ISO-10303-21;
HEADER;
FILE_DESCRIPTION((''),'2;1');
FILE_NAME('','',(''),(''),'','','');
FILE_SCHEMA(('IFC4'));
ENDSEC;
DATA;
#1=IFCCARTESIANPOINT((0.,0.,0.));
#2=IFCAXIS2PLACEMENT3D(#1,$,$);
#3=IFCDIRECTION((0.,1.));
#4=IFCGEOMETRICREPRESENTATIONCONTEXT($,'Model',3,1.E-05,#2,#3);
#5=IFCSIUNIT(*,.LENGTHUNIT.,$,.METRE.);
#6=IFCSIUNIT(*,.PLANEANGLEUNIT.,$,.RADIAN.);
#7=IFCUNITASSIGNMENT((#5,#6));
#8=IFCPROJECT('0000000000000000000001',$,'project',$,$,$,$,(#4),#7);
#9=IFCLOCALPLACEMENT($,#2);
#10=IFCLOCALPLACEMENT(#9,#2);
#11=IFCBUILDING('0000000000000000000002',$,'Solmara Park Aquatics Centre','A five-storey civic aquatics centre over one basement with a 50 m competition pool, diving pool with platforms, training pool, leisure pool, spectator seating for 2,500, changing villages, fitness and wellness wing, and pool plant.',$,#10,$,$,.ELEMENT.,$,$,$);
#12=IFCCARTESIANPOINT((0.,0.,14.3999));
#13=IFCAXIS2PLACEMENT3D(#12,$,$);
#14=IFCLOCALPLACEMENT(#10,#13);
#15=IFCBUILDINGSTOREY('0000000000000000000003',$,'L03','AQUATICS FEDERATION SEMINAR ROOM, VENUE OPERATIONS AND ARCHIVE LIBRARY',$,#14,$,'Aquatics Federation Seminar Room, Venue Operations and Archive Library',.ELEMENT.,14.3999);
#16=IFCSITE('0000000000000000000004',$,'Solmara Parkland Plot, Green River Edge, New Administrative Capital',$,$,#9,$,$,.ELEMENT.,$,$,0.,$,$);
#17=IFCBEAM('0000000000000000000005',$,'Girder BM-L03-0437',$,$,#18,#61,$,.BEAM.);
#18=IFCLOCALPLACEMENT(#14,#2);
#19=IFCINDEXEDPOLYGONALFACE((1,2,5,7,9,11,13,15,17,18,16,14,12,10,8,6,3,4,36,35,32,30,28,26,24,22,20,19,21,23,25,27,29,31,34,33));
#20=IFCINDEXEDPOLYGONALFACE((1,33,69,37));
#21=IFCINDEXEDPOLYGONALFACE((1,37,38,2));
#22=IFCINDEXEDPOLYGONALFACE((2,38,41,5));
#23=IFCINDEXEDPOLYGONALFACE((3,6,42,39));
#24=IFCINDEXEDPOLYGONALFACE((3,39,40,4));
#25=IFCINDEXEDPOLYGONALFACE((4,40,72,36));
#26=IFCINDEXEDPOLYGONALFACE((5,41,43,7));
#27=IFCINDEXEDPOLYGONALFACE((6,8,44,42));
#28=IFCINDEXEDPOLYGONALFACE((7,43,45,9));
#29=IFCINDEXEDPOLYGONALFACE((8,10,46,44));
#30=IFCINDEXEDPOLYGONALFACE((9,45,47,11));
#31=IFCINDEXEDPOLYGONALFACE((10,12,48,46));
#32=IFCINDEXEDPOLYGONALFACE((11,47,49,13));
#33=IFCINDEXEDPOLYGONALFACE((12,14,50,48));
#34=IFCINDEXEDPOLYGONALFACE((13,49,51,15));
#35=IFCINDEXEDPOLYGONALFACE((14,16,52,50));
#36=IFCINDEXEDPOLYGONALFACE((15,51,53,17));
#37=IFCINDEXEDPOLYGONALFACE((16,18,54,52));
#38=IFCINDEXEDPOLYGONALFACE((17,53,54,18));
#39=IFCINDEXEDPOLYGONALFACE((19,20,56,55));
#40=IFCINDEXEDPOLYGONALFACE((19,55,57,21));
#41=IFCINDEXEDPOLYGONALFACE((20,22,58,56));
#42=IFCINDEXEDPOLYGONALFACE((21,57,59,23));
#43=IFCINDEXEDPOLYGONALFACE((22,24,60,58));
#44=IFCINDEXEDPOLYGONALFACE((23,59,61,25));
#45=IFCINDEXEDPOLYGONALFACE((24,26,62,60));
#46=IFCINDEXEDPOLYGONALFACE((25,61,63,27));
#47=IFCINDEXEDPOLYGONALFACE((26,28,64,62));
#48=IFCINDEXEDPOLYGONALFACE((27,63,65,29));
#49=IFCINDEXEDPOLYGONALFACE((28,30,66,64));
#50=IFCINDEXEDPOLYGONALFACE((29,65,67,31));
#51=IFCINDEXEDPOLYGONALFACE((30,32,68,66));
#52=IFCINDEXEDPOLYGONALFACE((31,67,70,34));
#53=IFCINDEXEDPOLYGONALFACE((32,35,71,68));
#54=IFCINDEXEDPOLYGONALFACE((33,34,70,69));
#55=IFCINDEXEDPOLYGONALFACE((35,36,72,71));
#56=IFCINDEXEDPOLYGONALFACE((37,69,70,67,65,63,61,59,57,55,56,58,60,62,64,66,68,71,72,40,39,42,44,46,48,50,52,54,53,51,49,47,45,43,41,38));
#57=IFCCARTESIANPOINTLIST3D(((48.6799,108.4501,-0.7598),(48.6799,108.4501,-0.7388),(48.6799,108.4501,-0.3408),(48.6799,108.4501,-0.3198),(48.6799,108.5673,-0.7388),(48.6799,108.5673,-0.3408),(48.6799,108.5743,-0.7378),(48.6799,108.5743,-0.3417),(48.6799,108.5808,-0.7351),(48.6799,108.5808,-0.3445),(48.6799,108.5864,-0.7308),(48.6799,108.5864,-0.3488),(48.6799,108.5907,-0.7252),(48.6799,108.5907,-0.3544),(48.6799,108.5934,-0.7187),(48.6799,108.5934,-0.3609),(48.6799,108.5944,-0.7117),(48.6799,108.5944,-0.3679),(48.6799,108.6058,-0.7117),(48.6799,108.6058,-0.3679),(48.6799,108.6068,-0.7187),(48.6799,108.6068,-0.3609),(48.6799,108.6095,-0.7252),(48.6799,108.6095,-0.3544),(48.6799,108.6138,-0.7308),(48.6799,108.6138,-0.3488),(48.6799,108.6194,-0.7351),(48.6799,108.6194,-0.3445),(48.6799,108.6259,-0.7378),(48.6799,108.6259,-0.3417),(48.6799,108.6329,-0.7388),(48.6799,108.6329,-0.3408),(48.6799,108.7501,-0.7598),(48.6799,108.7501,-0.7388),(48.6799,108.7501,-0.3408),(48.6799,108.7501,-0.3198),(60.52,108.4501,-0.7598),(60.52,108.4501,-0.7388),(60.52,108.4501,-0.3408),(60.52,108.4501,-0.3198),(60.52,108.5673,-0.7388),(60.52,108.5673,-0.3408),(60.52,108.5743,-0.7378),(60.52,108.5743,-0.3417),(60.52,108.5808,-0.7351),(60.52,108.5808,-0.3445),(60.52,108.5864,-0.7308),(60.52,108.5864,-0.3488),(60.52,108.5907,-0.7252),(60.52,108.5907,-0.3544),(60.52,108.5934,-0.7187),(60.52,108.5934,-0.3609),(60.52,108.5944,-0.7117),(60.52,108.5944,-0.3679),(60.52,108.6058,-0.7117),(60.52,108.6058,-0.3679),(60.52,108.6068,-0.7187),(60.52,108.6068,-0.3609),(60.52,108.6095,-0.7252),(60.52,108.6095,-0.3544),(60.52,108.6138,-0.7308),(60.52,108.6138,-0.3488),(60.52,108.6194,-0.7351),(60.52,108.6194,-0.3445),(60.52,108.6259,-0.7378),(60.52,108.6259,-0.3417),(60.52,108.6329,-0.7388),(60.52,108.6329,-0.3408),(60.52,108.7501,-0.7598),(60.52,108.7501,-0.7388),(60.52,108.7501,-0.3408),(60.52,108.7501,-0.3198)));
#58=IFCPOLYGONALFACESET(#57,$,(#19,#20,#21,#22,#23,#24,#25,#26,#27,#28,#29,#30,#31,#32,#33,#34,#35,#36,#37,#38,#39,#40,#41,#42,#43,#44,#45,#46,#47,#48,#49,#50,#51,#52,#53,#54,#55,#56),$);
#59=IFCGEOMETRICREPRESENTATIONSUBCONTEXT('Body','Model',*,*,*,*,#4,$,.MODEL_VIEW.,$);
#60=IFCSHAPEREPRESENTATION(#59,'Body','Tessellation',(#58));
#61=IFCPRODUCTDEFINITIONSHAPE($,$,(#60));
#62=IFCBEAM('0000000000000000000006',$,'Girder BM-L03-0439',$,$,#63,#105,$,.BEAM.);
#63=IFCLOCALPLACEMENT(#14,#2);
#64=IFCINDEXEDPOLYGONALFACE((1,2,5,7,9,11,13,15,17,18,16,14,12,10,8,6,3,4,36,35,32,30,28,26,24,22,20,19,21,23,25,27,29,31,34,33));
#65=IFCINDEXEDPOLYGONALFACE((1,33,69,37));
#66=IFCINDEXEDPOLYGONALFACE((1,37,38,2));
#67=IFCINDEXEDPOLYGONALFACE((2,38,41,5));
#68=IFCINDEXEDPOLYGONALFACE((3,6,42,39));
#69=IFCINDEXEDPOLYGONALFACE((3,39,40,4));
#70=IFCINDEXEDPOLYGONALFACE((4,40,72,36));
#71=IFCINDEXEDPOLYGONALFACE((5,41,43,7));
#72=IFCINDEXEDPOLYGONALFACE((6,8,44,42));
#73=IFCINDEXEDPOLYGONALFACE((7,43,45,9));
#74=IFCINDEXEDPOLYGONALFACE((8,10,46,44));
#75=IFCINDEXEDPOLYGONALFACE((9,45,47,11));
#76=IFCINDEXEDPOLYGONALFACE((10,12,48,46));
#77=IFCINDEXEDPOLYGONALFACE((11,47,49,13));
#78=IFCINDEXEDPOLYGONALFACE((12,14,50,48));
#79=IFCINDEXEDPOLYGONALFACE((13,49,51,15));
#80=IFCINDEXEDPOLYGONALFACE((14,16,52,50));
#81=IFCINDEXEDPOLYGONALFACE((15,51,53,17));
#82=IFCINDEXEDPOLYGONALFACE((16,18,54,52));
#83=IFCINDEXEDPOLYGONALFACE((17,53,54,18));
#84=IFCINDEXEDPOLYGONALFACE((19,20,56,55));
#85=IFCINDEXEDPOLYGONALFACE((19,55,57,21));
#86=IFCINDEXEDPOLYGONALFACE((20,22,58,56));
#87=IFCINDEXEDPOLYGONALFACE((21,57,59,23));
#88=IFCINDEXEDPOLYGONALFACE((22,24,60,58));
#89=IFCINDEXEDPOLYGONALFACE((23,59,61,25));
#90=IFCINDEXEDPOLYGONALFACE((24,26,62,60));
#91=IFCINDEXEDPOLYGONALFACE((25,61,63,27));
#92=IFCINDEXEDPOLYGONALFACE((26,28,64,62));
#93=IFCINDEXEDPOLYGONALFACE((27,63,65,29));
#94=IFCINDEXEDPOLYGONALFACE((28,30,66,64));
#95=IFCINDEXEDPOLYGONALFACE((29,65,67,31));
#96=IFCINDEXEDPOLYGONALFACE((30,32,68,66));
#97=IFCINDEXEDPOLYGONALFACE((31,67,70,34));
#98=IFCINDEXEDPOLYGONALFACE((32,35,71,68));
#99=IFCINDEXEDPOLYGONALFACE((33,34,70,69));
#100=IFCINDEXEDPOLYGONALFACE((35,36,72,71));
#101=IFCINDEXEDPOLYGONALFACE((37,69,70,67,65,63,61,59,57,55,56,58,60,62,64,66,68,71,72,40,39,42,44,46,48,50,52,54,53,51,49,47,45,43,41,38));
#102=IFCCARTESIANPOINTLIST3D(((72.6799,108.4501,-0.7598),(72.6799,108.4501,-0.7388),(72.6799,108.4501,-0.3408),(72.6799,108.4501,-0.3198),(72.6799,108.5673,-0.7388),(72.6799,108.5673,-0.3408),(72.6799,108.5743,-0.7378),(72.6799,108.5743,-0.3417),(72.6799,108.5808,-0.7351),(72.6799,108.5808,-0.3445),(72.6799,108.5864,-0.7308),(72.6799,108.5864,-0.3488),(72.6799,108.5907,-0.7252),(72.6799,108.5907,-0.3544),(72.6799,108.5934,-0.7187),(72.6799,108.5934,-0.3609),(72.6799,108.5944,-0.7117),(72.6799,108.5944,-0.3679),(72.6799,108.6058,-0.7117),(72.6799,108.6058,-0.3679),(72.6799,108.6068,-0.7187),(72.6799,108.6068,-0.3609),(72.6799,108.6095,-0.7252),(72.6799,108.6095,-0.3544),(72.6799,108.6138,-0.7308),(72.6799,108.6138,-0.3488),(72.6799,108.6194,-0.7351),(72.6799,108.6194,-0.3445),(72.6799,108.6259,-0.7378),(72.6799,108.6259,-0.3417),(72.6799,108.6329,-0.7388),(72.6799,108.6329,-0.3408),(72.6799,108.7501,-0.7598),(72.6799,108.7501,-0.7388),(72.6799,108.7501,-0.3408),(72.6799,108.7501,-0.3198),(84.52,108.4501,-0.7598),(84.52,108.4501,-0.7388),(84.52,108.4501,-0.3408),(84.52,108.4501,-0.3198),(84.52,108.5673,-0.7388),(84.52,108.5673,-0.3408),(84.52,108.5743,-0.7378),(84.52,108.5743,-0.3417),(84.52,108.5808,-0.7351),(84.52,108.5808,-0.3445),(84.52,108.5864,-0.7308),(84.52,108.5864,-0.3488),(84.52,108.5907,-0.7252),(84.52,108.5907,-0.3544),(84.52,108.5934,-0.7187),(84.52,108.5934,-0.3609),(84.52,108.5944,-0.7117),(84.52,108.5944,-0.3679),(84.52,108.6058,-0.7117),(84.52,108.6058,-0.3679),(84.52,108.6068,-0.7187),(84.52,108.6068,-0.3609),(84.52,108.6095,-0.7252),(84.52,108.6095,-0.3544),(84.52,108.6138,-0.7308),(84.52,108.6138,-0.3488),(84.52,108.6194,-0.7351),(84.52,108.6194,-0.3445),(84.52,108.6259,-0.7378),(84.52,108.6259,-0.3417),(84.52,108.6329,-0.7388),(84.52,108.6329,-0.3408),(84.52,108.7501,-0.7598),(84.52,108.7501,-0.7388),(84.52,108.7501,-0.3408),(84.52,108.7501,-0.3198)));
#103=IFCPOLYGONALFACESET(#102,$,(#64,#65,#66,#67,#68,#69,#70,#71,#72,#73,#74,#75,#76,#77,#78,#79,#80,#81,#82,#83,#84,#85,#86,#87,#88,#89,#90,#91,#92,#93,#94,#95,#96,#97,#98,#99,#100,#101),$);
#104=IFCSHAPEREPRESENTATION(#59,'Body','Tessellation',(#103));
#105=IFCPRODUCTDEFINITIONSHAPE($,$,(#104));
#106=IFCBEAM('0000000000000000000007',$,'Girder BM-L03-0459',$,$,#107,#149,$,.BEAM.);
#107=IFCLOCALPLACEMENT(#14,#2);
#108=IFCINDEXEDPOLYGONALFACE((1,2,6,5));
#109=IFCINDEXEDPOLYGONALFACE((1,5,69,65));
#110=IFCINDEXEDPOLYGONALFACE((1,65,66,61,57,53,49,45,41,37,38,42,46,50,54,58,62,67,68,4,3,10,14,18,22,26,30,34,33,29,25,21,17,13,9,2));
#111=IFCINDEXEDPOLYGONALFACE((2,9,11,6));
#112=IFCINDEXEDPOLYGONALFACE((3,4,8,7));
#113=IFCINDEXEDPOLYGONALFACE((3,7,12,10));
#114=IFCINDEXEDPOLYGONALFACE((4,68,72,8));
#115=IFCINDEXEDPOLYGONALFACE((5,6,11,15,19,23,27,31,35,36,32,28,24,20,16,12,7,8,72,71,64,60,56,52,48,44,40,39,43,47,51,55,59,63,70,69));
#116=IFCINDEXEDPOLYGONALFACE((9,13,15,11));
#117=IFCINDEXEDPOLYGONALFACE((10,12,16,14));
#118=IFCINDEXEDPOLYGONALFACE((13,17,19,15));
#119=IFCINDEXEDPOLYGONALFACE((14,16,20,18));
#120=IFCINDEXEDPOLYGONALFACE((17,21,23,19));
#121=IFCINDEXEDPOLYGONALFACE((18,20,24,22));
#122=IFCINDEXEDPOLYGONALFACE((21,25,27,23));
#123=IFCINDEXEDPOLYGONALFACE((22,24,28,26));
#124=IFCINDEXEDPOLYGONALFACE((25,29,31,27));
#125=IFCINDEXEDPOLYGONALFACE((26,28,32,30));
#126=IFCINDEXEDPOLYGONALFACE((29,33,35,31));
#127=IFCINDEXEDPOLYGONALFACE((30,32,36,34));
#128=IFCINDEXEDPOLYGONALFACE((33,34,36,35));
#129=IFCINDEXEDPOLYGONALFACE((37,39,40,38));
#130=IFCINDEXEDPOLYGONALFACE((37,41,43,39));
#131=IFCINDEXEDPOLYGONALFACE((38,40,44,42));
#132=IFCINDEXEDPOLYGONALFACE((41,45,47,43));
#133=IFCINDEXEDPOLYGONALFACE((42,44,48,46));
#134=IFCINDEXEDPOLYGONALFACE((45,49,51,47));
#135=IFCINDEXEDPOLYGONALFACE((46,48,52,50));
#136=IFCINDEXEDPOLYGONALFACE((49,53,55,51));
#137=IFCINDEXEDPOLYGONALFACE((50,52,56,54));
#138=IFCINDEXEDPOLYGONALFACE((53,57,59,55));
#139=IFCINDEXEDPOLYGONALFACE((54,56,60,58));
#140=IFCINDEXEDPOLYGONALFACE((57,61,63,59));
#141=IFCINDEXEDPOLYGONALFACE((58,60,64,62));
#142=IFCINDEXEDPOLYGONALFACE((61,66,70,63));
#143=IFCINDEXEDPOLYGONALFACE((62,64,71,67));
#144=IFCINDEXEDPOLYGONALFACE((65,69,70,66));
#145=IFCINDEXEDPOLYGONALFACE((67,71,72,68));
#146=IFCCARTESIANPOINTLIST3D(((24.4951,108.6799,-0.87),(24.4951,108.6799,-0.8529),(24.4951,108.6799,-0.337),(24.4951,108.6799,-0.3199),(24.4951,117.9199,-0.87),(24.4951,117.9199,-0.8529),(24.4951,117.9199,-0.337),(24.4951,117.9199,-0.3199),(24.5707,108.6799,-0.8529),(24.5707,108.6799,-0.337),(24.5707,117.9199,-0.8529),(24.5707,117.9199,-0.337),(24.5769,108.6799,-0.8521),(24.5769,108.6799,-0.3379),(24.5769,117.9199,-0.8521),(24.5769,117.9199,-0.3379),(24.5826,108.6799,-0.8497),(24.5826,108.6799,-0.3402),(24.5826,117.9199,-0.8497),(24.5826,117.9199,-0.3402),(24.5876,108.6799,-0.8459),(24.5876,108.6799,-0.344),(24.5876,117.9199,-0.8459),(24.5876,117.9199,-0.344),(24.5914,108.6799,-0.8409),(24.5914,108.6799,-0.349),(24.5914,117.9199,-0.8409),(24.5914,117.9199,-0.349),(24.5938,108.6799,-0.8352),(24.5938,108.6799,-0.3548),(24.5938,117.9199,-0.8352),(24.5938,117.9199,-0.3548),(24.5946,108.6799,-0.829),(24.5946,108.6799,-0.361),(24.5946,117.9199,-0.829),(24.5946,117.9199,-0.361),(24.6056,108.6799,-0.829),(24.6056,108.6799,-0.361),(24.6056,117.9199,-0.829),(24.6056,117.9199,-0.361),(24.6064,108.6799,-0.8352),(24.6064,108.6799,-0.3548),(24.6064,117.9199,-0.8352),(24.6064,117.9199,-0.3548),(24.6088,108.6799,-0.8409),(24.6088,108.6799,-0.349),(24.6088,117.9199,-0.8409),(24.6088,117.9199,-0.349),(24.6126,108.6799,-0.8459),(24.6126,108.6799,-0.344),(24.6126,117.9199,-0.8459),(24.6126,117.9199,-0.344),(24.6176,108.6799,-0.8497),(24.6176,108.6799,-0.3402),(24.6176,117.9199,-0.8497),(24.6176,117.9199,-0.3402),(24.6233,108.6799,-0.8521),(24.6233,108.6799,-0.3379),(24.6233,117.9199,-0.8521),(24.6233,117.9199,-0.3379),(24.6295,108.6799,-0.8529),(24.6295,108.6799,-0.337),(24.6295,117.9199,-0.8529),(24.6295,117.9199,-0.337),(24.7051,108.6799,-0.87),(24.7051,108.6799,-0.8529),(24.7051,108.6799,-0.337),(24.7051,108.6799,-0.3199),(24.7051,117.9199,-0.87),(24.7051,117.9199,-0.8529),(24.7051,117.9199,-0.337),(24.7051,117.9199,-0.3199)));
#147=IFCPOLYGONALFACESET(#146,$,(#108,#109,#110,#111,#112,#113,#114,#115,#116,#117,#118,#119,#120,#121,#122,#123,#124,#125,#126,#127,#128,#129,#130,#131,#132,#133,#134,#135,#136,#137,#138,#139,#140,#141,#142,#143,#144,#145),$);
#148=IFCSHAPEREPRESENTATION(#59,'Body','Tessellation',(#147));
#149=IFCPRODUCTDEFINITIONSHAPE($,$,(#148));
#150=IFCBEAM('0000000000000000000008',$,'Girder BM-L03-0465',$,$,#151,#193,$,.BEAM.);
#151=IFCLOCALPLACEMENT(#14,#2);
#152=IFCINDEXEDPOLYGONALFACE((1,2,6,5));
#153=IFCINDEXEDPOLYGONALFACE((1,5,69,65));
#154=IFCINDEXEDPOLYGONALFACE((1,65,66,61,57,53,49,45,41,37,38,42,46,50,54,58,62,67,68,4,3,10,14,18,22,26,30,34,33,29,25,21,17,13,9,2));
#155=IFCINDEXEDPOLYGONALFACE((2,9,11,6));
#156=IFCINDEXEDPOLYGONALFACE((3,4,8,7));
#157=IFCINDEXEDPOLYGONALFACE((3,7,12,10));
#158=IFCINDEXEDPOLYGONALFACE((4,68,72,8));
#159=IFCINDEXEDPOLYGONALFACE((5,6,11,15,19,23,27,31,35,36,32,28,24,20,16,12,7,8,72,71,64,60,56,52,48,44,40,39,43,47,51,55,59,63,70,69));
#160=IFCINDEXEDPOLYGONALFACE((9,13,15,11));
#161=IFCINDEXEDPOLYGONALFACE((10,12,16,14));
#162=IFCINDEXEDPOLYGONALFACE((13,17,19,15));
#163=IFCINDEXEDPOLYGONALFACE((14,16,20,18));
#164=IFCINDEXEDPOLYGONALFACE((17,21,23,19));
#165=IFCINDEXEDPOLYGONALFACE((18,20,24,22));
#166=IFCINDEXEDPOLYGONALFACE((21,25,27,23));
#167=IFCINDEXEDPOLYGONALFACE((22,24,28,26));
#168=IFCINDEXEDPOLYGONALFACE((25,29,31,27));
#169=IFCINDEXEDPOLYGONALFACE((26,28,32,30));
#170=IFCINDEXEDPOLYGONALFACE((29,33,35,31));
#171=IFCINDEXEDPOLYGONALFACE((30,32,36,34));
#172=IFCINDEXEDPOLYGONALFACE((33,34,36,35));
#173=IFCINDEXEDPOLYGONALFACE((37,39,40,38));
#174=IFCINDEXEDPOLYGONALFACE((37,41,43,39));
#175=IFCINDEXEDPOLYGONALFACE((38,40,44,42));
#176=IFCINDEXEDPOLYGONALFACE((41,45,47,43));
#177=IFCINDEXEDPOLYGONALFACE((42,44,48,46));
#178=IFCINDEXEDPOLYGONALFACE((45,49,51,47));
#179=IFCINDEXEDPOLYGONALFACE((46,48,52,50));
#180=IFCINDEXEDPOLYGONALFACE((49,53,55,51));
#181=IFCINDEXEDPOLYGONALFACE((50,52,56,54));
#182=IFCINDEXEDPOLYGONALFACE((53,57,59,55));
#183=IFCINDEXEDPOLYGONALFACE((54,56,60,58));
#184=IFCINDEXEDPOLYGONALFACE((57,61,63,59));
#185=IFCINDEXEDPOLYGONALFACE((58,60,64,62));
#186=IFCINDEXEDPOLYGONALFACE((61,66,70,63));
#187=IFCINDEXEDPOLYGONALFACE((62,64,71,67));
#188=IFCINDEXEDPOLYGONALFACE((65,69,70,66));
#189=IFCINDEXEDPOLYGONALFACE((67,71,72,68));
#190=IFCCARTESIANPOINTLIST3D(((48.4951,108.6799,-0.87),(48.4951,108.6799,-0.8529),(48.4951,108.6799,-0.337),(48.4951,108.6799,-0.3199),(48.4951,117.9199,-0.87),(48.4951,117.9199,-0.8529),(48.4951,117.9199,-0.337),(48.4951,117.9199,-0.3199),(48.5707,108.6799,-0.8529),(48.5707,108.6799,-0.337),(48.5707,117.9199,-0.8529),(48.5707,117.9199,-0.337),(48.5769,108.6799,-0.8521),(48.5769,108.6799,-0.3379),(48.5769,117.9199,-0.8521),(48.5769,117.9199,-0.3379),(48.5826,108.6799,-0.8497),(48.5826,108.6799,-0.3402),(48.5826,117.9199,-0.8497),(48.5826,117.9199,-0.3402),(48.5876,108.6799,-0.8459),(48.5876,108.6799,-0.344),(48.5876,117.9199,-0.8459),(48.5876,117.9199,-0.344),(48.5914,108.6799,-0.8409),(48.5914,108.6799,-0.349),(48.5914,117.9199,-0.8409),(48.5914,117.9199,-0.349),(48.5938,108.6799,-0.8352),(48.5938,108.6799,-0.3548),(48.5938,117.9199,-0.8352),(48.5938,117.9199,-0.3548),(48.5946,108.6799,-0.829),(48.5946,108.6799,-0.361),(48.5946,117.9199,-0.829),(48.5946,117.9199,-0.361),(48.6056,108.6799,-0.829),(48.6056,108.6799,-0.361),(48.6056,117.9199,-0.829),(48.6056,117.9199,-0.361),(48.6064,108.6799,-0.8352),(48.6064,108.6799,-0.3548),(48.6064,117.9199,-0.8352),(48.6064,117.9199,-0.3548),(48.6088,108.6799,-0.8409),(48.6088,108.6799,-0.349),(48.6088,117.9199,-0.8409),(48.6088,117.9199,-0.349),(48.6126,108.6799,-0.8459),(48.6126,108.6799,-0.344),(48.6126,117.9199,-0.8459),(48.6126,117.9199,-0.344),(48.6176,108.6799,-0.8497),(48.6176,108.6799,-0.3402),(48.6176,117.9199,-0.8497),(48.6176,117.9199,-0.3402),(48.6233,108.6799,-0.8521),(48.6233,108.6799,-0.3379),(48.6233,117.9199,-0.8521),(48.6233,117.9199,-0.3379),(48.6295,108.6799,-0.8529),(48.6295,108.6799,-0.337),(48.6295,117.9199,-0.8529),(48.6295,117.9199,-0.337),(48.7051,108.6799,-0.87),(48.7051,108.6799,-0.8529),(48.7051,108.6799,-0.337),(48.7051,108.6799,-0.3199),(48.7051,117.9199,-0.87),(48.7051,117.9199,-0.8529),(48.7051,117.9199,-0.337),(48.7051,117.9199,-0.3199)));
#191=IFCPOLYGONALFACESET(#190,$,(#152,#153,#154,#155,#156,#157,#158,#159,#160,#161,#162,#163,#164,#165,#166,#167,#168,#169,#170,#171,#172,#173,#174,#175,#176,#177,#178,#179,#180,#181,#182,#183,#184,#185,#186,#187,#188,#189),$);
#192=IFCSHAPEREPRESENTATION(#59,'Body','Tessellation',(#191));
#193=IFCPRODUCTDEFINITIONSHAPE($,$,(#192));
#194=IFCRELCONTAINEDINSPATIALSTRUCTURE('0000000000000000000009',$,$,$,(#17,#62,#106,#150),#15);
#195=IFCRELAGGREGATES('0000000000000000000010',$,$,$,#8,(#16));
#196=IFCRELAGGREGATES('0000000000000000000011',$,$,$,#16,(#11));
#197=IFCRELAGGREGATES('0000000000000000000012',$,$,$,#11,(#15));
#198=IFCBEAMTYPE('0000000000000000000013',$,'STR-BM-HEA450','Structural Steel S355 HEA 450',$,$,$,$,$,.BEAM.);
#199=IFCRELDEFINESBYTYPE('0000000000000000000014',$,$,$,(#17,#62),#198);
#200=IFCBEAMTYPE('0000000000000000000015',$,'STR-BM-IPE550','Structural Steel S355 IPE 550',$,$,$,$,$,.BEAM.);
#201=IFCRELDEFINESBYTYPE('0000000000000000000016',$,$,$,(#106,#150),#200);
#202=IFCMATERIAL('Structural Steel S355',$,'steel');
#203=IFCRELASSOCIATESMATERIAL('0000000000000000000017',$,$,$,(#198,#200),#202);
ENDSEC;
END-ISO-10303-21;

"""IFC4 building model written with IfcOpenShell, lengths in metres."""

from ifc_helpers import new_model, si_unit, direction, frame, origin, origin_2d, place, context, subcontext, project, spatial, i_section, extrude, material, material_profile, profile_set, type_object, element, save


model = new_model("IFC4")

# Units and contexts
model_context = context("Model", 3, precision=1e-05, world=origin(), true_north=direction((0.0, 1.0)))
body_context = subcontext(model_context, "Body", "Model", "MODEL_VIEW")
ifc_project = project(units=[si_unit("LENGTHUNIT", "METRE"), si_unit("PLANEANGLEUNIT", "RADIAN")], contexts=[model_context])

# Site, building, storey
site_placement = place(None, origin())
site = spatial("IfcSite", under=ifc_project, at=site_placement, Name="Solmara Parkland Plot, Green River Edge, New Administrative Capital", CompositionType="ELEMENT", RefElevation=0.0)
building_placement = place(site_placement, origin())
building = spatial("IfcBuilding", under=site, at=building_placement, Name="Solmara Park Aquatics Centre", Description="A five-storey civic aquatics centre over one basement with a 50 m competition pool, diving pool with platforms, training pool, leisure pool, spectator seating for 2,500, changing villages, fitness and wellness wing, and pool plant.", CompositionType="ELEMENT")
storey_placement = place(building_placement, frame((0.0, 0.0, 14.3999)))
storey = spatial("IfcBuildingStorey", under=building, at=storey_placement, Name="L03", Description="AQUATICS FEDERATION SEMINAR ROOM, VENUE OPERATIONS AND ARCHIVE LIBRARY", LongName="Aquatics Federation Seminar Room, Venue Operations and Archive Library", CompositionType="ELEMENT", Elevation=14.3999)

# Beams
ifc_material_1 = material(Name="Structural Steel S355", Category="steel")
ifc_material_profile_1 = material_profile(ifc_material_1, i_section(OverallWidth=0.3, OverallDepth=0.4399, WebThickness=0.0115, FlangeThickness=0.021, FilletRadius=0.0271, at=origin_2d()), Name="HEA 450")
ifc_profile_set_1 = profile_set([ifc_material_profile_1], Name="Structural Steel S355")
beam_type_1 = type_object("IfcBeamType", Name="STR-BM-HEA450", Description="Structural Steel S355 HEA 450", PredefinedType="BEAM", material=ifc_profile_set_1)
for number, where, z_axis, x_axis, name in (
    (1, (48.6799, 108.6001, -0.5398), (1.0, 0.0, 0.0), (0.0, 1.0, 0.0), "Girder BM-L03-0437"),
    (2, (72.6799, 108.6001, -0.5398), (1.0, 0.0, 0.0), (0.0, 1.0, 0.0), "Girder BM-L03-0439"),
):
    element("IfcBeam", number, at=place(storey_placement, frame(where, z_axis=z_axis, x_axis=x_axis)), inside=storey, type_object=beam_type_1, Name=name, PredefinedType="BEAM", context=body_context, shape_type="SweptSolid", body=[
        extrude(i_section(OverallWidth=0.3, OverallDepth=0.4399, WebThickness=0.0115, FlangeThickness=0.021, FilletRadius=0.0271, at=origin_2d()), origin(), (0.0, 0.0, 1.0), 11.8401),
    ])
ifc_material_profile_2 = material_profile(ifc_material_1, i_section(OverallWidth=0.21, OverallDepth=0.55, WebThickness=0.011, FlangeThickness=0.0171, FilletRadius=0.0239, at=origin_2d()), Name="IPE 550")
ifc_profile_set_2 = profile_set([ifc_material_profile_2], Name="Structural Steel S355")
beam_type_2 = type_object("IfcBeamType", Name="STR-BM-IPE550", Description="Structural Steel S355 IPE 550", PredefinedType="BEAM", material=ifc_profile_set_2)
for number, where, z_axis, x_axis, name in (
    (3, (24.6001, 108.6799, -0.595), (0.0, 1.0, 0.0), (-1.0, 0.0, 0.0), "Girder BM-L03-0459"),
    (4, (48.6001, 108.6799, -0.595), (0.0, 1.0, 0.0), (-1.0, 0.0, 0.0), "Girder BM-L03-0465"),
):
    element("IfcBeam", number, at=place(storey_placement, frame(where, z_axis=z_axis, x_axis=x_axis)), inside=storey, type_object=beam_type_2, Name=name, PredefinedType="BEAM", context=body_context, shape_type="SweptSolid", body=[
        extrude(i_section(OverallWidth=0.21, OverallDepth=0.55, WebThickness=0.011, FlangeThickness=0.0171, FilletRadius=0.0239, at=origin_2d()), origin(), (0.0, 0.0, 1.0), 9.24),
    ])

save(model, "model.ifc")
